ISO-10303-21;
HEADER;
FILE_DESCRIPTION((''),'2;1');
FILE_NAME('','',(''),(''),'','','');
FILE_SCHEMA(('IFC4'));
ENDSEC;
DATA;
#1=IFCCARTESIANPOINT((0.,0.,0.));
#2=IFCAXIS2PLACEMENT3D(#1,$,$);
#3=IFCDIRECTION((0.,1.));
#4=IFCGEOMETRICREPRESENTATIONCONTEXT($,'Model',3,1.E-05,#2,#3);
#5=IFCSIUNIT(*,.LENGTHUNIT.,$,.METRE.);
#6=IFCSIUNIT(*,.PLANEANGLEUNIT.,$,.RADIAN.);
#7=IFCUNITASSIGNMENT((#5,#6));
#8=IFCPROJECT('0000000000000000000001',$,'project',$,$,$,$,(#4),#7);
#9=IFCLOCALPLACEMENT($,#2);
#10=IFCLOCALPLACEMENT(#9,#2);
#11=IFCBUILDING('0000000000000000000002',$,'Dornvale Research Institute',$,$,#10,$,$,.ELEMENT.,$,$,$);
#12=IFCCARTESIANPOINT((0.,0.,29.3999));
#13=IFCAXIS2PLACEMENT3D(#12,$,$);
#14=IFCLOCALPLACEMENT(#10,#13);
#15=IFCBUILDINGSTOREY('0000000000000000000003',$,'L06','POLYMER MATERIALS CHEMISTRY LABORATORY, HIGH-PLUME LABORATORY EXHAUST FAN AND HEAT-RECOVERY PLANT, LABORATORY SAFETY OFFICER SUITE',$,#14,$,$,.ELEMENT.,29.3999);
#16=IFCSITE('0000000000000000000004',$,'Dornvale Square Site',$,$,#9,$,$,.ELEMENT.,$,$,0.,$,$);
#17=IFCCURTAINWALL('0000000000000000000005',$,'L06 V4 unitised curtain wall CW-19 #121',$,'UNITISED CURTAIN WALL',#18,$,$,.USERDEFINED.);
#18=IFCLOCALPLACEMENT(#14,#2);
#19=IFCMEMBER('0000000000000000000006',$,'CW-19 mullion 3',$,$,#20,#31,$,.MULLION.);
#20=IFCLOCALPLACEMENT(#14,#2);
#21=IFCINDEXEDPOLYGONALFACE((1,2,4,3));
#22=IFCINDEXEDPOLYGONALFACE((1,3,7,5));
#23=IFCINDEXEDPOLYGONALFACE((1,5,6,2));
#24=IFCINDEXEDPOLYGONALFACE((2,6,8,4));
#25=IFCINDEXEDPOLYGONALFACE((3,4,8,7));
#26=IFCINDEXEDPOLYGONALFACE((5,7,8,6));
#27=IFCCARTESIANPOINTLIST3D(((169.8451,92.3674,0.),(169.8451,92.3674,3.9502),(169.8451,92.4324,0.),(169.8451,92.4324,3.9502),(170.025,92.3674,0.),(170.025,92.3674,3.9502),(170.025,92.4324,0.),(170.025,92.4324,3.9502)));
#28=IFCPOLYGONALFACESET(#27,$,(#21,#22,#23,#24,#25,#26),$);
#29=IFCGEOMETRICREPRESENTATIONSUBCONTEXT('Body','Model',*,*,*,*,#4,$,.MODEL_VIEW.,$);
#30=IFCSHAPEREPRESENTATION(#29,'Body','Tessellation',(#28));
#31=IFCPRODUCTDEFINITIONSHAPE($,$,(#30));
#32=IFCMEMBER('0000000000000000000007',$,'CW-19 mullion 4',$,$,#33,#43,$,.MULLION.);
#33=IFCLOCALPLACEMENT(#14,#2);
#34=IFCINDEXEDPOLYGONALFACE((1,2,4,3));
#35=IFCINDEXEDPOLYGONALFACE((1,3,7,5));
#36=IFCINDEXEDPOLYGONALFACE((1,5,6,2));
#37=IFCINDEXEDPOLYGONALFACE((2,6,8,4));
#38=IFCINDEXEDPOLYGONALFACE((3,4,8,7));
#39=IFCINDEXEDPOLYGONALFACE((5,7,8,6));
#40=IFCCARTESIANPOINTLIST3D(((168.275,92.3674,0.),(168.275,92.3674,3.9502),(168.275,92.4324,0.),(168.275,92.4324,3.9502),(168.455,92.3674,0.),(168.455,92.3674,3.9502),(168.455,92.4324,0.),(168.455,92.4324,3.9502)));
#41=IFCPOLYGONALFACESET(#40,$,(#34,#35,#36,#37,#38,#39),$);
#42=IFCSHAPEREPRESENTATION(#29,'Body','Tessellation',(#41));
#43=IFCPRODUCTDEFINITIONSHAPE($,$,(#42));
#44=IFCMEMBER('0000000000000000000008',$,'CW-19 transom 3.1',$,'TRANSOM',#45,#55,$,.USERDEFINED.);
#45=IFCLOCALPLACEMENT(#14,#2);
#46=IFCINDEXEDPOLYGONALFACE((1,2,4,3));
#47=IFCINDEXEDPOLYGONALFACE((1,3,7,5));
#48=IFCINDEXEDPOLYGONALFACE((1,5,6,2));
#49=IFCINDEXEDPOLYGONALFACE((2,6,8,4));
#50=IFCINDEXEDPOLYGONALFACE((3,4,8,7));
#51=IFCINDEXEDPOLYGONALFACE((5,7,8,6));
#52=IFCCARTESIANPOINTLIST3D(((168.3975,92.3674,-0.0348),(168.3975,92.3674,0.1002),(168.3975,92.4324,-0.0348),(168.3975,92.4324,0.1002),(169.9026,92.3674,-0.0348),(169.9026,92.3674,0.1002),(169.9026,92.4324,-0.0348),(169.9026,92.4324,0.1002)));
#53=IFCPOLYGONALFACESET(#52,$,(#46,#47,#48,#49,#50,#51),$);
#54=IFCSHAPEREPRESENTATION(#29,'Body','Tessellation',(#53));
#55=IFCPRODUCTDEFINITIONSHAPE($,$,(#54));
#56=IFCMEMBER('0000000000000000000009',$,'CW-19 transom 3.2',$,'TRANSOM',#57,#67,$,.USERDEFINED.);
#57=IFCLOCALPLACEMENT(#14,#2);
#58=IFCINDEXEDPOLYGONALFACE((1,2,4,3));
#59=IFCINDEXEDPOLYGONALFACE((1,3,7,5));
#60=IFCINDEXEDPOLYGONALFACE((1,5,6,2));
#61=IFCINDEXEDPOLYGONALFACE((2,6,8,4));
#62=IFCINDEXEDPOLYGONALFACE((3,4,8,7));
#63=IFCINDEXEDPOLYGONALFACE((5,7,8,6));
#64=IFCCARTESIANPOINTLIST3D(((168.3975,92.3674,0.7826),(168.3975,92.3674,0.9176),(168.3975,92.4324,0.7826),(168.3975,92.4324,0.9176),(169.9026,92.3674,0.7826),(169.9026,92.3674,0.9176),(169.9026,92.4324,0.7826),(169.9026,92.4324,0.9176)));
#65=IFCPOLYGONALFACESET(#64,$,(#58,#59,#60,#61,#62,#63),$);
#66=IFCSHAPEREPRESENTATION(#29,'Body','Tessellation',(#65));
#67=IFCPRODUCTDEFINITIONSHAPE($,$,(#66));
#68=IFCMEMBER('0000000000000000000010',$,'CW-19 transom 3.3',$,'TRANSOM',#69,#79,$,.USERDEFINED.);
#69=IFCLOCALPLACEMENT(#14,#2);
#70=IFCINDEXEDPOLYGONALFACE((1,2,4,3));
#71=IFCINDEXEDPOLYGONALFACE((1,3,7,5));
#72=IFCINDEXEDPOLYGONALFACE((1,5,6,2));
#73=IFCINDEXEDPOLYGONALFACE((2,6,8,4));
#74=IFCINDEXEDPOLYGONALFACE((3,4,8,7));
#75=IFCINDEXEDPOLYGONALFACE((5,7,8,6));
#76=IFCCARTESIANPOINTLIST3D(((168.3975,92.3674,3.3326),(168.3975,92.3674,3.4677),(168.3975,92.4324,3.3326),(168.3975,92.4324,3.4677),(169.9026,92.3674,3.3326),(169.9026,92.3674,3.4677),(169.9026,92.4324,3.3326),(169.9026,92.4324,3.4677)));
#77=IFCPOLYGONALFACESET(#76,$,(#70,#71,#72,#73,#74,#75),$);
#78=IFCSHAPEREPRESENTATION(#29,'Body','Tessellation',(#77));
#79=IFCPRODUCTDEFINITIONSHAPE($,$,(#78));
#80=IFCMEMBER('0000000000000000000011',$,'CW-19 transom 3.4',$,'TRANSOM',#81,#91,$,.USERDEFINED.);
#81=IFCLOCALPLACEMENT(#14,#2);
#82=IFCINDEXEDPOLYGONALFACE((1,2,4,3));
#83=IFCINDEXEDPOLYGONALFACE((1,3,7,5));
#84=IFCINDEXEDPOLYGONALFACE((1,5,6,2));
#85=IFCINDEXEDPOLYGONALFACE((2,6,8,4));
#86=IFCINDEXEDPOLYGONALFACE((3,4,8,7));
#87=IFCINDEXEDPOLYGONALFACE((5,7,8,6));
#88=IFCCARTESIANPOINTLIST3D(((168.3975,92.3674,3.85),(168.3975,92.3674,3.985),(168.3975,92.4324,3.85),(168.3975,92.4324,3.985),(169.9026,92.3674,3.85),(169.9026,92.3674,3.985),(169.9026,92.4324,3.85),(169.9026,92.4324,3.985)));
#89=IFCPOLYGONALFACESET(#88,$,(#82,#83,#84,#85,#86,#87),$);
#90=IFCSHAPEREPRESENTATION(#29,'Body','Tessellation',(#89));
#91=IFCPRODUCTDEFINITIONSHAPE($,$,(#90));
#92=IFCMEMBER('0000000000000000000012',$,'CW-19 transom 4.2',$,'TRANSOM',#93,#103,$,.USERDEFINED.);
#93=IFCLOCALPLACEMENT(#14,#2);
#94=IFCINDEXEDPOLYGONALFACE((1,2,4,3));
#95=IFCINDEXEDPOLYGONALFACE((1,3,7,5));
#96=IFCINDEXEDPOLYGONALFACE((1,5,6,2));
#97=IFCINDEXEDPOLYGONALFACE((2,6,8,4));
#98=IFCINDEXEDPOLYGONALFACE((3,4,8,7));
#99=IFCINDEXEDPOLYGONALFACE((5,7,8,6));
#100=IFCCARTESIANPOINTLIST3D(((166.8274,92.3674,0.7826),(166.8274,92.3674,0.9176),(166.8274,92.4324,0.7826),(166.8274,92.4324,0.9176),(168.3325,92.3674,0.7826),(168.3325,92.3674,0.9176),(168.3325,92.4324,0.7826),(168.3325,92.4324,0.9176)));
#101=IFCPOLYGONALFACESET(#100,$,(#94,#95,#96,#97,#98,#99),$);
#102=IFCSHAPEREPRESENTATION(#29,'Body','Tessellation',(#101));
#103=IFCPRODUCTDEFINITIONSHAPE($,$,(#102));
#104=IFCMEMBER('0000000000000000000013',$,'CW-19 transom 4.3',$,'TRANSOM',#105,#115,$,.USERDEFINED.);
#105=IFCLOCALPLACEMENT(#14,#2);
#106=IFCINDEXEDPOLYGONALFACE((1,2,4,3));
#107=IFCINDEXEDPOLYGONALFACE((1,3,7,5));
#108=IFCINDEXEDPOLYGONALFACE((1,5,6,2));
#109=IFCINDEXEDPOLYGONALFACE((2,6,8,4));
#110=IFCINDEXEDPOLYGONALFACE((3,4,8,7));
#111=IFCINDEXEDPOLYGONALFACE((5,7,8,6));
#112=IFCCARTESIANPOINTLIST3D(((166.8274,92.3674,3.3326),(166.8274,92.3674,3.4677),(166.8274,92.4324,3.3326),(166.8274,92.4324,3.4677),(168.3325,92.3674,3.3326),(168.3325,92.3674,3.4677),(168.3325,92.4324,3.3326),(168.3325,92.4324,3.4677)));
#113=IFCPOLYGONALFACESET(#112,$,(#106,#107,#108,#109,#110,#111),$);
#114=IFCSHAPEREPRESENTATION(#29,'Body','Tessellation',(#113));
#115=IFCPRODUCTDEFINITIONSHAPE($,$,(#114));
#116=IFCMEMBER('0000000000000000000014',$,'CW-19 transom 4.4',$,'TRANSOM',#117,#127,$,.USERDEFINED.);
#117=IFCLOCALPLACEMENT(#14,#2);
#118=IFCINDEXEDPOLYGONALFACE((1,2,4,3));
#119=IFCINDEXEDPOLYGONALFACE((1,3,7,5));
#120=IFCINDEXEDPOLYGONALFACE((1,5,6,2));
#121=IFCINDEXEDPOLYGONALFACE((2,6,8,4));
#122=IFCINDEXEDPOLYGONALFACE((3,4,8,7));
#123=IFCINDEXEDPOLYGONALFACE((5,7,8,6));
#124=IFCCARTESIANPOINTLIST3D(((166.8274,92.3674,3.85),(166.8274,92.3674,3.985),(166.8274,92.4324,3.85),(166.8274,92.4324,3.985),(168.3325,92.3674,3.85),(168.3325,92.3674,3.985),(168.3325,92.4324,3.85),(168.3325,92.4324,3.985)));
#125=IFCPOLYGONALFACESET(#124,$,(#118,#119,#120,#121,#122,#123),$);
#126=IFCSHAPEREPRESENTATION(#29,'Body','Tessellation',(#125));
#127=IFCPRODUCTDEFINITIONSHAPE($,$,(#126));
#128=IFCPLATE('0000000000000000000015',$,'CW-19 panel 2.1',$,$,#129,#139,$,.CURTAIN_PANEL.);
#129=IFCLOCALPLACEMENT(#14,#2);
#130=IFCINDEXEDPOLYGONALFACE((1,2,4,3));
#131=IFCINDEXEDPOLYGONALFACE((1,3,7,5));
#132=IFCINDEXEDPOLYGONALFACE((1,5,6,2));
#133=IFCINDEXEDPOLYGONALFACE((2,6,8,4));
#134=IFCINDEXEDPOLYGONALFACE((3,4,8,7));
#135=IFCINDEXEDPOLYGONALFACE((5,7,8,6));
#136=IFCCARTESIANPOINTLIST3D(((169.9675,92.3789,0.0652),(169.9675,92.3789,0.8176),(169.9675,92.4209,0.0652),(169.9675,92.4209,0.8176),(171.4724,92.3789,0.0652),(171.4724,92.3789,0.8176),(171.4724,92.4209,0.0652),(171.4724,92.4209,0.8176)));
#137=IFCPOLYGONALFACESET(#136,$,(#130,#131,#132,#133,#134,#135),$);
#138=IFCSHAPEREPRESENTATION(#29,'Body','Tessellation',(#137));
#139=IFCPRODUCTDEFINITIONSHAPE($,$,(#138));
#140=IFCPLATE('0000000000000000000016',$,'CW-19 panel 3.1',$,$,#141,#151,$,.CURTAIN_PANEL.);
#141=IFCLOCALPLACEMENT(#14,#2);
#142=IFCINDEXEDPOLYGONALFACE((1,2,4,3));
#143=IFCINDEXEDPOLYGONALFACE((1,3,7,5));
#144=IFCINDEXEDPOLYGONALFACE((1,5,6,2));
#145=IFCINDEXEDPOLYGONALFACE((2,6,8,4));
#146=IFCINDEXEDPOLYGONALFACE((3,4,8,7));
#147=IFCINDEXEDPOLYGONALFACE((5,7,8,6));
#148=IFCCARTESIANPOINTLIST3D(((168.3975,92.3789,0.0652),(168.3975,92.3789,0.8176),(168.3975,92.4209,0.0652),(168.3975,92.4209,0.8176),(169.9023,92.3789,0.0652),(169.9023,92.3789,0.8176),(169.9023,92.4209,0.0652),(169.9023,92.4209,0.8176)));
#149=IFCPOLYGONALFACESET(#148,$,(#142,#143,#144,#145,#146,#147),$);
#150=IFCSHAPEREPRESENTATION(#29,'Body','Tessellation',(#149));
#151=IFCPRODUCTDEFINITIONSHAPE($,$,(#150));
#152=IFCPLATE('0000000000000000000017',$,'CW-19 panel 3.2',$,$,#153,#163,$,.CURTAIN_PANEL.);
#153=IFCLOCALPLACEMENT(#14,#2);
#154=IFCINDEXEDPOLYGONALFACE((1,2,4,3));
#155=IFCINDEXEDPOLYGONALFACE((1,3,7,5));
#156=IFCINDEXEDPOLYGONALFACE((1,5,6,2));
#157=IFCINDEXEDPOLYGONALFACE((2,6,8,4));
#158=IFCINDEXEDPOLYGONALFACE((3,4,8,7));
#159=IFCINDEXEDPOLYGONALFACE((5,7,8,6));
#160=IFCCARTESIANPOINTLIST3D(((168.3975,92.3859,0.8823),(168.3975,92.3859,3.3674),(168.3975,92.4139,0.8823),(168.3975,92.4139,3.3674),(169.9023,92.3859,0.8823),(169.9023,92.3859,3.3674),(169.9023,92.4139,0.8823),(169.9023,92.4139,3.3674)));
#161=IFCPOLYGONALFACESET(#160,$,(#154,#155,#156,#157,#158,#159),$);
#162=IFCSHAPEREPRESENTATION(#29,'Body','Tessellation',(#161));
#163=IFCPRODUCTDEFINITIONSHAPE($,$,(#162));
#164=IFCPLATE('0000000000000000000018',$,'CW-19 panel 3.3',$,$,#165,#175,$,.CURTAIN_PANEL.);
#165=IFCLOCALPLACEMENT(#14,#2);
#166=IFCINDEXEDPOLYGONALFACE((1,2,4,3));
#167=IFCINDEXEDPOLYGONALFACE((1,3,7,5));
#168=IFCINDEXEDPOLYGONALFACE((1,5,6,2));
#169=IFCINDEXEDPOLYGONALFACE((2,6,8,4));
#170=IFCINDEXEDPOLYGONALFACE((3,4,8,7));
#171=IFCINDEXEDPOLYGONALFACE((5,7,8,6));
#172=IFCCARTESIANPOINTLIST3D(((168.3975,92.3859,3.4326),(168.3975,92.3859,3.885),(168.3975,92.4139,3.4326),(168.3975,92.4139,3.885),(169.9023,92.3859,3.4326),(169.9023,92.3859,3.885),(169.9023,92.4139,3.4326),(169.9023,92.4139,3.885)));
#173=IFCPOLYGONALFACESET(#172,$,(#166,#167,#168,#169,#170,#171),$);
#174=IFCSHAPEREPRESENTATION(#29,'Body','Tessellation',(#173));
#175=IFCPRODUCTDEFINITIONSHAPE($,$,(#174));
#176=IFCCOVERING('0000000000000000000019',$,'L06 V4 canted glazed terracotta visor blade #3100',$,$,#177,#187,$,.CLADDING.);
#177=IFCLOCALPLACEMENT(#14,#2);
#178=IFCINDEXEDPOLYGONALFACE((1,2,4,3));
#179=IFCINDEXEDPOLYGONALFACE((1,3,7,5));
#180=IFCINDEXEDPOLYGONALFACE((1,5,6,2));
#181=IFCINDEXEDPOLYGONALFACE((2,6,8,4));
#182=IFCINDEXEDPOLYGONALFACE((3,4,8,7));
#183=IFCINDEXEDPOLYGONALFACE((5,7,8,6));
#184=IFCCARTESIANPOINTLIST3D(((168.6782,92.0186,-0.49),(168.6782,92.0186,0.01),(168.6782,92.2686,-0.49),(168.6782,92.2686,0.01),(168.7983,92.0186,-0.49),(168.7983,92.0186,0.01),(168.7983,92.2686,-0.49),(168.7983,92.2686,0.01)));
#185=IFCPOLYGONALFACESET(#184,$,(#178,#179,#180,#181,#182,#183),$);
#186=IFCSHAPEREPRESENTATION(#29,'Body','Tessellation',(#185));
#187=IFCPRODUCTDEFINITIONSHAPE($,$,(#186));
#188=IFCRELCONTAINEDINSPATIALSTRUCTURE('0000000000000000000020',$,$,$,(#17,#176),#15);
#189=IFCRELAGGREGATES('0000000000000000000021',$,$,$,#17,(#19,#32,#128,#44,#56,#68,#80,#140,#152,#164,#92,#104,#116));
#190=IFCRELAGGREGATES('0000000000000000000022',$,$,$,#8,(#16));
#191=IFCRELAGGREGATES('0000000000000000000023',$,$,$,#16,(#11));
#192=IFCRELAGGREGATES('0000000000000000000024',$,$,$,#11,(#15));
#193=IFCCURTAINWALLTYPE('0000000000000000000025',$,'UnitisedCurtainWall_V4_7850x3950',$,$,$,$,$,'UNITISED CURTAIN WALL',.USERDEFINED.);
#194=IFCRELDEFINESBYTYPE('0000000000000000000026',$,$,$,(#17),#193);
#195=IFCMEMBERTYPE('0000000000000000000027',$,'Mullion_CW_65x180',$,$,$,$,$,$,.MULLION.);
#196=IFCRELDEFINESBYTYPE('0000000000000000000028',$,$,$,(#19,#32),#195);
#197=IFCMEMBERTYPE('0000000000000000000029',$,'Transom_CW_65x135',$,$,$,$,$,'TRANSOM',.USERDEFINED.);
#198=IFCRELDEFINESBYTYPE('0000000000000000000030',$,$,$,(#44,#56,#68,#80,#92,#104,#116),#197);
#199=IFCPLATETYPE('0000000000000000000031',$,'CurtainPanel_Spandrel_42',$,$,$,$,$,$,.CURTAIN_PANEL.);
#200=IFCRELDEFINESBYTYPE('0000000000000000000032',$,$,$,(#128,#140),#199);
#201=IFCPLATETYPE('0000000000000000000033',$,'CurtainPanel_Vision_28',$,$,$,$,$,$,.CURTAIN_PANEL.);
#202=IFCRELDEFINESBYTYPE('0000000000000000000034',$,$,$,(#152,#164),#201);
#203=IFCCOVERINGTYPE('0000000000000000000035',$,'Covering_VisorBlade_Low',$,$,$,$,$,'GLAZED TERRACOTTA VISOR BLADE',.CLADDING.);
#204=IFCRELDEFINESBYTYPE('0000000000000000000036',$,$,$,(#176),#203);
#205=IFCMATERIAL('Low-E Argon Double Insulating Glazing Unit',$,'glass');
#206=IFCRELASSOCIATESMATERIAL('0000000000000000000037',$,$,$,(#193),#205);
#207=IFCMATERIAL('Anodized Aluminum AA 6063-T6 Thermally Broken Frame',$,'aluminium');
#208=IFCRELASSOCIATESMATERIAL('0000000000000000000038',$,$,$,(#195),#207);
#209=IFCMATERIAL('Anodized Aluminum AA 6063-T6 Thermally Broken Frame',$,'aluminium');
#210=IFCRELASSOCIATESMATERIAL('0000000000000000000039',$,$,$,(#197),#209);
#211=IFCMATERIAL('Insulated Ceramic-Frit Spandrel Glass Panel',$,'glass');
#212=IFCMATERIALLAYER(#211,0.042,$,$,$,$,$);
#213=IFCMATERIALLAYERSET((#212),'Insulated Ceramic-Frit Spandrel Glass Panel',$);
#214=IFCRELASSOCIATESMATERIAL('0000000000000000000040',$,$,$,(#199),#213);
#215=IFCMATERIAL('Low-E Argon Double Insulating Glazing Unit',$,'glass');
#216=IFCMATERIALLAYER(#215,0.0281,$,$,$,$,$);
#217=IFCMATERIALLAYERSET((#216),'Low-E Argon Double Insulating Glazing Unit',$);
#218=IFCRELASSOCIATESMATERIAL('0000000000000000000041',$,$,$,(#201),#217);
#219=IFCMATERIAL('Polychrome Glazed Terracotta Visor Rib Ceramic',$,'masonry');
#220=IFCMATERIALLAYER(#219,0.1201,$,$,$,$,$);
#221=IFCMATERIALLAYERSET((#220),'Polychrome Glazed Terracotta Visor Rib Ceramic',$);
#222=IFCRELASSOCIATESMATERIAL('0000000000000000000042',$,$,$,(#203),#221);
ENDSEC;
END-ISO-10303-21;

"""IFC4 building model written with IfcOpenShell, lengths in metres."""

from ifc_helpers import new_model, si_unit, direction, frame, origin, origin_2d, place, context, subcontext, project, spatial, rectangle, extrude, material, layer, layer_set, material_profile, profile_set, type_object, element, aggregate, save


model = new_model("IFC4")

# Units and contexts
model_context = context("Model", 3, precision=1e-05, world=origin(), true_north=direction((0.0, 1.0)))
body_context = subcontext(model_context, "Body", "Model", "MODEL_VIEW")
ifc_project = project(units=[si_unit("LENGTHUNIT", "METRE"), si_unit("PLANEANGLEUNIT", "RADIAN")], contexts=[model_context])

# Site, building, storey
site_placement = place(None, origin())
site = spatial("IfcSite", under=ifc_project, at=site_placement, Name="Dornvale Square Site", CompositionType="ELEMENT", RefElevation=0.0)
building_placement = place(site_placement, origin())
building = spatial("IfcBuilding", under=site, at=building_placement, Name="Dornvale Research Institute", CompositionType="ELEMENT")
storey_placement = place(building_placement, frame((0.0, 0.0, 29.3999)))
storey = spatial("IfcBuildingStorey", under=building, at=storey_placement, Name="L06", Description="POLYMER MATERIALS CHEMISTRY LABORATORY, HIGH-PLUME LABORATORY EXHAUST FAN AND HEAT-RECOVERY PLANT, LABORATORY SAFETY OFFICER SUITE", CompositionType="ELEMENT", Elevation=29.3999)

# Curtain wall, members, plates
ifc_material_1 = material(Name="Low-E Argon Double Insulating Glazing Unit", Category="glass")
curtain_wall_type = type_object("IfcCurtainWallType", Name="UnitisedCurtainWall_V4_7850x3950", ElementType="UNITISED CURTAIN WALL", PredefinedType="USERDEFINED", material=ifc_material_1)
curtain_wall_placement = place(storey_placement, origin())
curtain_wall = element("IfcCurtainWall", 1, at=curtain_wall_placement, inside=storey, type_object=curtain_wall_type, Name="L06 V4 unitised curtain wall CW-19 #121", ObjectType="UNITISED CURTAIN WALL", PredefinedType="USERDEFINED")
ifc_material_2 = material(Name="Anodized Aluminum AA 6063-T6 Thermally Broken Frame", Category="aluminium")
ifc_material_profile_1 = material_profile(ifc_material_2, rectangle(XDim=0.0649, YDim=0.1799, at=origin_2d()), Name="ALU MULLION 65x180")
ifc_profile_set_1 = profile_set([ifc_material_profile_1], Name="Anodized Aluminum AA 6063-T6 Thermally Broken Frame")
member_type_1 = type_object("IfcMemberType", Name="Mullion_CW_65x180", PredefinedType="MULLION", material=ifc_profile_set_1)
member_1_placement = place(storey_placement, frame((169.9351, 92.3999, 0.0), z_axis=(0.0, 0.0, 1.0), x_axis=(0.0, -1.0, 0.0)))
member_1 = element("IfcMember", 2, at=member_1_placement, type_object=member_type_1, Name="CW-19 mullion 3", PredefinedType="MULLION", context=body_context, shape_type="SweptSolid", body=[
    extrude(rectangle(XDim=0.0649, YDim=0.1799, at=origin_2d()), origin(), (0.0, 0.0, 1.0), 3.9502),
])
member_2_placement = place(storey_placement, frame((168.365, 92.3999, 0.0), z_axis=(0.0, 0.0, 1.0), x_axis=(0.0, -1.0, 0.0)))
member_2 = element("IfcMember", 3, at=member_2_placement, type_object=member_type_1, Name="CW-19 mullion 4", PredefinedType="MULLION", context=body_context, shape_type="SweptSolid", body=[
    extrude(rectangle(XDim=0.0649, YDim=0.1799, at=origin_2d()), origin(), (0.0, 0.0, 1.0), 3.9502),
])
ifc_material_3 = material(Name="Anodized Aluminum AA 6063-T6 Thermally Broken Frame", Category="aluminium")
ifc_material_profile_2 = material_profile(ifc_material_3, rectangle(XDim=0.0649, YDim=0.135, at=origin_2d()), Name="ALU TRANSOM 65x135")
ifc_profile_set_2 = profile_set([ifc_material_profile_2], Name="Anodized Aluminum AA 6063-T6 Thermally Broken Frame")
member_type_2 = type_object("IfcMemberType", Name="Transom_CW_65x135", ElementType="TRANSOM", PredefinedType="USERDEFINED", material=ifc_profile_set_2)
member_3_placement = place(storey_placement, frame((169.9026, 92.3999, 0.0327), z_axis=(-1.0, 0.0, 0.0), x_axis=(0.0, -1.0, 0.0)))
member_3 = element("IfcMember", 4, at=member_3_placement, type_object=member_type_2, Name="CW-19 transom 3.1", ObjectType="TRANSOM", PredefinedType="USERDEFINED", context=body_context, shape_type="SweptSolid", body=[
    extrude(rectangle(XDim=0.0649, YDim=0.135, at=origin_2d()), origin(), (0.0, 0.0, 1.0), 1.5051),
])
member_4_placement = place(storey_placement, frame((169.9026, 92.3999, 0.8501), z_axis=(-1.0, 0.0, 0.0), x_axis=(0.0, -1.0, 0.0)))
member_4 = element("IfcMember", 5, at=member_4_placement, type_object=member_type_2, Name="CW-19 transom 3.2", ObjectType="TRANSOM", PredefinedType="USERDEFINED", context=body_context, shape_type="SweptSolid", body=[
    extrude(rectangle(XDim=0.0649, YDim=0.135, at=origin_2d()), origin(), (0.0, 0.0, 1.0), 1.5051),
])
member_5_placement = place(storey_placement, frame((169.9026, 92.3999, 3.4001), z_axis=(-1.0, 0.0, 0.0), x_axis=(0.0, -1.0, 0.0)))
member_5 = element("IfcMember", 6, at=member_5_placement, type_object=member_type_2, Name="CW-19 transom 3.3", ObjectType="TRANSOM", PredefinedType="USERDEFINED", context=body_context, shape_type="SweptSolid", body=[
    extrude(rectangle(XDim=0.0649, YDim=0.135, at=origin_2d()), origin(), (0.0, 0.0, 1.0), 1.5051),
])
member_6_placement = place(storey_placement, frame((169.9026, 92.3999, 3.9175), z_axis=(-1.0, 0.0, 0.0), x_axis=(0.0, -1.0, 0.0)))
member_6 = element("IfcMember", 7, at=member_6_placement, type_object=member_type_2, Name="CW-19 transom 3.4", ObjectType="TRANSOM", PredefinedType="USERDEFINED", context=body_context, shape_type="SweptSolid", body=[
    extrude(rectangle(XDim=0.0649, YDim=0.135, at=origin_2d()), origin(), (0.0, 0.0, 1.0), 1.5051),
])
member_7_placement = place(storey_placement, frame((168.3325, 92.3999, 0.8501), z_axis=(-1.0, 0.0, 0.0), x_axis=(0.0, -1.0, 0.0)))
member_7 = element("IfcMember", 8, at=member_7_placement, type_object=member_type_2, Name="CW-19 transom 4.2", ObjectType="TRANSOM", PredefinedType="USERDEFINED", context=body_context, shape_type="SweptSolid", body=[
    extrude(rectangle(XDim=0.0649, YDim=0.135, at=origin_2d()), origin(), (0.0, 0.0, 1.0), 1.5051),
])
member_8_placement = place(storey_placement, frame((168.3325, 92.3999, 3.4001), z_axis=(-1.0, 0.0, 0.0), x_axis=(0.0, -1.0, 0.0)))
member_8 = element("IfcMember", 9, at=member_8_placement, type_object=member_type_2, Name="CW-19 transom 4.3", ObjectType="TRANSOM", PredefinedType="USERDEFINED", context=body_context, shape_type="SweptSolid", body=[
    extrude(rectangle(XDim=0.0649, YDim=0.135, at=origin_2d()), origin(), (0.0, 0.0, 1.0), 1.5051),
])
member_9_placement = place(storey_placement, frame((168.3325, 92.3999, 3.9175), z_axis=(-1.0, 0.0, 0.0), x_axis=(0.0, -1.0, 0.0)))
member_9 = element("IfcMember", 10, at=member_9_placement, type_object=member_type_2, Name="CW-19 transom 4.4", ObjectType="TRANSOM", PredefinedType="USERDEFINED", context=body_context, shape_type="SweptSolid", body=[
    extrude(rectangle(XDim=0.0649, YDim=0.135, at=origin_2d()), origin(), (0.0, 0.0, 1.0), 1.5051),
])
ifc_material_4 = material(Name="Insulated Ceramic-Frit Spandrel Glass Panel", Category="glass")
ifc_layer_1 = layer(ifc_material_4, 0.042)
ifc_layer_set_1 = layer_set([ifc_layer_1], Name="Insulated Ceramic-Frit Spandrel Glass Panel")
plate_type_1 = type_object("IfcPlateType", Name="CurtainPanel_Spandrel_42", PredefinedType="CURTAIN_PANEL", material=ifc_layer_set_1)
plate_1_placement = place(storey_placement, frame((170.72, 92.3999, 0.0652), z_axis=(0.0, 0.0, 1.0), x_axis=(-1.0, 0.0, 0.0)))
plate_1 = element("IfcPlate", 11, at=plate_1_placement, type_object=plate_type_1, Name="CW-19 panel 2.1", PredefinedType="CURTAIN_PANEL", context=body_context, shape_type="SweptSolid", body=[
    extrude(rectangle(XDim=1.5049, YDim=0.042, at=origin_2d()), origin(), (0.0, 0.0, 1.0), 0.7524),
])
plate_2_placement = place(storey_placement, frame((169.1499, 92.3999, 0.0652), z_axis=(0.0, 0.0, 1.0), x_axis=(-1.0, 0.0, 0.0)))
plate_2 = element("IfcPlate", 12, at=plate_2_placement, type_object=plate_type_1, Name="CW-19 panel 3.1", PredefinedType="CURTAIN_PANEL", context=body_context, shape_type="SweptSolid", body=[
    extrude(rectangle(XDim=1.5049, YDim=0.042, at=origin_2d()), origin(), (0.0, 0.0, 1.0), 0.7524),
])
ifc_material_5 = material(Name="Low-E Argon Double Insulating Glazing Unit", Category="glass")
ifc_layer_2 = layer(ifc_material_5, 0.0281)
ifc_layer_set_2 = layer_set([ifc_layer_2], Name="Low-E Argon Double Insulating Glazing Unit")
plate_type_2 = type_object("IfcPlateType", Name="CurtainPanel_Vision_28", PredefinedType="CURTAIN_PANEL", material=ifc_layer_set_2)
plate_3_placement = place(storey_placement, frame((169.1499, 92.3999, 0.8823), z_axis=(0.0, 0.0, 1.0), x_axis=(-1.0, 0.0, 0.0)))
plate_3 = element("IfcPlate", 13, at=plate_3_placement, type_object=plate_type_2, Name="CW-19 panel 3.2", PredefinedType="CURTAIN_PANEL", context=body_context, shape_type="SweptSolid", body=[
    extrude(rectangle(XDim=1.5049, YDim=0.0281, at=origin_2d()), origin(), (0.0, 0.0, 1.0), 2.4851),
])
plate_4_placement = place(storey_placement, frame((169.1499, 92.3999, 3.4326), z_axis=(0.0, 0.0, 1.0), x_axis=(-1.0, 0.0, 0.0)))
plate_4 = element("IfcPlate", 14, at=plate_4_placement, type_object=plate_type_2, Name="CW-19 panel 3.3", PredefinedType="CURTAIN_PANEL", context=body_context, shape_type="SweptSolid", body=[
    extrude(rectangle(XDim=1.5049, YDim=0.0281, at=origin_2d()), origin(), (0.0, 0.0, 1.0), 0.4524),
])
aggregate(curtain_wall, [member_1, member_2, plate_1, member_3, member_4, member_5, member_6, plate_2, plate_3, plate_4, member_7, member_8, member_9])

# Covering
ifc_material_6 = material(Name="Polychrome Glazed Terracotta Visor Rib Ceramic", Category="masonry")
ifc_layer_3 = layer(ifc_material_6, 0.1201)
ifc_layer_set_3 = layer_set([ifc_layer_3], Name="Polychrome Glazed Terracotta Visor Rib Ceramic")
covering_type = type_object("IfcCoveringType", Name="Covering_VisorBlade_Low", ElementType="GLAZED TERRACOTTA VISOR BLADE", PredefinedType="CLADDING", material=ifc_layer_set_3)
covering_1_placement = place(storey_placement, frame((168.7383, 92.1436, -0.49), z_axis=(0.0, 0.0, 1.0), x_axis=(0.0, 1.0, 0.0)))
element("IfcCovering", 15, at=covering_1_placement, inside=storey, type_object=covering_type, Name="L06 V4 canted glazed terracotta visor blade #3100", PredefinedType="CLADDING", context=body_context, shape_type="SweptSolid", body=[
    extrude(rectangle(XDim=0.25, YDim=0.1201, at=origin_2d()), origin(), (0.0, 0.0, 1.0), 0.5),
])

save(model, "model.ifc")
